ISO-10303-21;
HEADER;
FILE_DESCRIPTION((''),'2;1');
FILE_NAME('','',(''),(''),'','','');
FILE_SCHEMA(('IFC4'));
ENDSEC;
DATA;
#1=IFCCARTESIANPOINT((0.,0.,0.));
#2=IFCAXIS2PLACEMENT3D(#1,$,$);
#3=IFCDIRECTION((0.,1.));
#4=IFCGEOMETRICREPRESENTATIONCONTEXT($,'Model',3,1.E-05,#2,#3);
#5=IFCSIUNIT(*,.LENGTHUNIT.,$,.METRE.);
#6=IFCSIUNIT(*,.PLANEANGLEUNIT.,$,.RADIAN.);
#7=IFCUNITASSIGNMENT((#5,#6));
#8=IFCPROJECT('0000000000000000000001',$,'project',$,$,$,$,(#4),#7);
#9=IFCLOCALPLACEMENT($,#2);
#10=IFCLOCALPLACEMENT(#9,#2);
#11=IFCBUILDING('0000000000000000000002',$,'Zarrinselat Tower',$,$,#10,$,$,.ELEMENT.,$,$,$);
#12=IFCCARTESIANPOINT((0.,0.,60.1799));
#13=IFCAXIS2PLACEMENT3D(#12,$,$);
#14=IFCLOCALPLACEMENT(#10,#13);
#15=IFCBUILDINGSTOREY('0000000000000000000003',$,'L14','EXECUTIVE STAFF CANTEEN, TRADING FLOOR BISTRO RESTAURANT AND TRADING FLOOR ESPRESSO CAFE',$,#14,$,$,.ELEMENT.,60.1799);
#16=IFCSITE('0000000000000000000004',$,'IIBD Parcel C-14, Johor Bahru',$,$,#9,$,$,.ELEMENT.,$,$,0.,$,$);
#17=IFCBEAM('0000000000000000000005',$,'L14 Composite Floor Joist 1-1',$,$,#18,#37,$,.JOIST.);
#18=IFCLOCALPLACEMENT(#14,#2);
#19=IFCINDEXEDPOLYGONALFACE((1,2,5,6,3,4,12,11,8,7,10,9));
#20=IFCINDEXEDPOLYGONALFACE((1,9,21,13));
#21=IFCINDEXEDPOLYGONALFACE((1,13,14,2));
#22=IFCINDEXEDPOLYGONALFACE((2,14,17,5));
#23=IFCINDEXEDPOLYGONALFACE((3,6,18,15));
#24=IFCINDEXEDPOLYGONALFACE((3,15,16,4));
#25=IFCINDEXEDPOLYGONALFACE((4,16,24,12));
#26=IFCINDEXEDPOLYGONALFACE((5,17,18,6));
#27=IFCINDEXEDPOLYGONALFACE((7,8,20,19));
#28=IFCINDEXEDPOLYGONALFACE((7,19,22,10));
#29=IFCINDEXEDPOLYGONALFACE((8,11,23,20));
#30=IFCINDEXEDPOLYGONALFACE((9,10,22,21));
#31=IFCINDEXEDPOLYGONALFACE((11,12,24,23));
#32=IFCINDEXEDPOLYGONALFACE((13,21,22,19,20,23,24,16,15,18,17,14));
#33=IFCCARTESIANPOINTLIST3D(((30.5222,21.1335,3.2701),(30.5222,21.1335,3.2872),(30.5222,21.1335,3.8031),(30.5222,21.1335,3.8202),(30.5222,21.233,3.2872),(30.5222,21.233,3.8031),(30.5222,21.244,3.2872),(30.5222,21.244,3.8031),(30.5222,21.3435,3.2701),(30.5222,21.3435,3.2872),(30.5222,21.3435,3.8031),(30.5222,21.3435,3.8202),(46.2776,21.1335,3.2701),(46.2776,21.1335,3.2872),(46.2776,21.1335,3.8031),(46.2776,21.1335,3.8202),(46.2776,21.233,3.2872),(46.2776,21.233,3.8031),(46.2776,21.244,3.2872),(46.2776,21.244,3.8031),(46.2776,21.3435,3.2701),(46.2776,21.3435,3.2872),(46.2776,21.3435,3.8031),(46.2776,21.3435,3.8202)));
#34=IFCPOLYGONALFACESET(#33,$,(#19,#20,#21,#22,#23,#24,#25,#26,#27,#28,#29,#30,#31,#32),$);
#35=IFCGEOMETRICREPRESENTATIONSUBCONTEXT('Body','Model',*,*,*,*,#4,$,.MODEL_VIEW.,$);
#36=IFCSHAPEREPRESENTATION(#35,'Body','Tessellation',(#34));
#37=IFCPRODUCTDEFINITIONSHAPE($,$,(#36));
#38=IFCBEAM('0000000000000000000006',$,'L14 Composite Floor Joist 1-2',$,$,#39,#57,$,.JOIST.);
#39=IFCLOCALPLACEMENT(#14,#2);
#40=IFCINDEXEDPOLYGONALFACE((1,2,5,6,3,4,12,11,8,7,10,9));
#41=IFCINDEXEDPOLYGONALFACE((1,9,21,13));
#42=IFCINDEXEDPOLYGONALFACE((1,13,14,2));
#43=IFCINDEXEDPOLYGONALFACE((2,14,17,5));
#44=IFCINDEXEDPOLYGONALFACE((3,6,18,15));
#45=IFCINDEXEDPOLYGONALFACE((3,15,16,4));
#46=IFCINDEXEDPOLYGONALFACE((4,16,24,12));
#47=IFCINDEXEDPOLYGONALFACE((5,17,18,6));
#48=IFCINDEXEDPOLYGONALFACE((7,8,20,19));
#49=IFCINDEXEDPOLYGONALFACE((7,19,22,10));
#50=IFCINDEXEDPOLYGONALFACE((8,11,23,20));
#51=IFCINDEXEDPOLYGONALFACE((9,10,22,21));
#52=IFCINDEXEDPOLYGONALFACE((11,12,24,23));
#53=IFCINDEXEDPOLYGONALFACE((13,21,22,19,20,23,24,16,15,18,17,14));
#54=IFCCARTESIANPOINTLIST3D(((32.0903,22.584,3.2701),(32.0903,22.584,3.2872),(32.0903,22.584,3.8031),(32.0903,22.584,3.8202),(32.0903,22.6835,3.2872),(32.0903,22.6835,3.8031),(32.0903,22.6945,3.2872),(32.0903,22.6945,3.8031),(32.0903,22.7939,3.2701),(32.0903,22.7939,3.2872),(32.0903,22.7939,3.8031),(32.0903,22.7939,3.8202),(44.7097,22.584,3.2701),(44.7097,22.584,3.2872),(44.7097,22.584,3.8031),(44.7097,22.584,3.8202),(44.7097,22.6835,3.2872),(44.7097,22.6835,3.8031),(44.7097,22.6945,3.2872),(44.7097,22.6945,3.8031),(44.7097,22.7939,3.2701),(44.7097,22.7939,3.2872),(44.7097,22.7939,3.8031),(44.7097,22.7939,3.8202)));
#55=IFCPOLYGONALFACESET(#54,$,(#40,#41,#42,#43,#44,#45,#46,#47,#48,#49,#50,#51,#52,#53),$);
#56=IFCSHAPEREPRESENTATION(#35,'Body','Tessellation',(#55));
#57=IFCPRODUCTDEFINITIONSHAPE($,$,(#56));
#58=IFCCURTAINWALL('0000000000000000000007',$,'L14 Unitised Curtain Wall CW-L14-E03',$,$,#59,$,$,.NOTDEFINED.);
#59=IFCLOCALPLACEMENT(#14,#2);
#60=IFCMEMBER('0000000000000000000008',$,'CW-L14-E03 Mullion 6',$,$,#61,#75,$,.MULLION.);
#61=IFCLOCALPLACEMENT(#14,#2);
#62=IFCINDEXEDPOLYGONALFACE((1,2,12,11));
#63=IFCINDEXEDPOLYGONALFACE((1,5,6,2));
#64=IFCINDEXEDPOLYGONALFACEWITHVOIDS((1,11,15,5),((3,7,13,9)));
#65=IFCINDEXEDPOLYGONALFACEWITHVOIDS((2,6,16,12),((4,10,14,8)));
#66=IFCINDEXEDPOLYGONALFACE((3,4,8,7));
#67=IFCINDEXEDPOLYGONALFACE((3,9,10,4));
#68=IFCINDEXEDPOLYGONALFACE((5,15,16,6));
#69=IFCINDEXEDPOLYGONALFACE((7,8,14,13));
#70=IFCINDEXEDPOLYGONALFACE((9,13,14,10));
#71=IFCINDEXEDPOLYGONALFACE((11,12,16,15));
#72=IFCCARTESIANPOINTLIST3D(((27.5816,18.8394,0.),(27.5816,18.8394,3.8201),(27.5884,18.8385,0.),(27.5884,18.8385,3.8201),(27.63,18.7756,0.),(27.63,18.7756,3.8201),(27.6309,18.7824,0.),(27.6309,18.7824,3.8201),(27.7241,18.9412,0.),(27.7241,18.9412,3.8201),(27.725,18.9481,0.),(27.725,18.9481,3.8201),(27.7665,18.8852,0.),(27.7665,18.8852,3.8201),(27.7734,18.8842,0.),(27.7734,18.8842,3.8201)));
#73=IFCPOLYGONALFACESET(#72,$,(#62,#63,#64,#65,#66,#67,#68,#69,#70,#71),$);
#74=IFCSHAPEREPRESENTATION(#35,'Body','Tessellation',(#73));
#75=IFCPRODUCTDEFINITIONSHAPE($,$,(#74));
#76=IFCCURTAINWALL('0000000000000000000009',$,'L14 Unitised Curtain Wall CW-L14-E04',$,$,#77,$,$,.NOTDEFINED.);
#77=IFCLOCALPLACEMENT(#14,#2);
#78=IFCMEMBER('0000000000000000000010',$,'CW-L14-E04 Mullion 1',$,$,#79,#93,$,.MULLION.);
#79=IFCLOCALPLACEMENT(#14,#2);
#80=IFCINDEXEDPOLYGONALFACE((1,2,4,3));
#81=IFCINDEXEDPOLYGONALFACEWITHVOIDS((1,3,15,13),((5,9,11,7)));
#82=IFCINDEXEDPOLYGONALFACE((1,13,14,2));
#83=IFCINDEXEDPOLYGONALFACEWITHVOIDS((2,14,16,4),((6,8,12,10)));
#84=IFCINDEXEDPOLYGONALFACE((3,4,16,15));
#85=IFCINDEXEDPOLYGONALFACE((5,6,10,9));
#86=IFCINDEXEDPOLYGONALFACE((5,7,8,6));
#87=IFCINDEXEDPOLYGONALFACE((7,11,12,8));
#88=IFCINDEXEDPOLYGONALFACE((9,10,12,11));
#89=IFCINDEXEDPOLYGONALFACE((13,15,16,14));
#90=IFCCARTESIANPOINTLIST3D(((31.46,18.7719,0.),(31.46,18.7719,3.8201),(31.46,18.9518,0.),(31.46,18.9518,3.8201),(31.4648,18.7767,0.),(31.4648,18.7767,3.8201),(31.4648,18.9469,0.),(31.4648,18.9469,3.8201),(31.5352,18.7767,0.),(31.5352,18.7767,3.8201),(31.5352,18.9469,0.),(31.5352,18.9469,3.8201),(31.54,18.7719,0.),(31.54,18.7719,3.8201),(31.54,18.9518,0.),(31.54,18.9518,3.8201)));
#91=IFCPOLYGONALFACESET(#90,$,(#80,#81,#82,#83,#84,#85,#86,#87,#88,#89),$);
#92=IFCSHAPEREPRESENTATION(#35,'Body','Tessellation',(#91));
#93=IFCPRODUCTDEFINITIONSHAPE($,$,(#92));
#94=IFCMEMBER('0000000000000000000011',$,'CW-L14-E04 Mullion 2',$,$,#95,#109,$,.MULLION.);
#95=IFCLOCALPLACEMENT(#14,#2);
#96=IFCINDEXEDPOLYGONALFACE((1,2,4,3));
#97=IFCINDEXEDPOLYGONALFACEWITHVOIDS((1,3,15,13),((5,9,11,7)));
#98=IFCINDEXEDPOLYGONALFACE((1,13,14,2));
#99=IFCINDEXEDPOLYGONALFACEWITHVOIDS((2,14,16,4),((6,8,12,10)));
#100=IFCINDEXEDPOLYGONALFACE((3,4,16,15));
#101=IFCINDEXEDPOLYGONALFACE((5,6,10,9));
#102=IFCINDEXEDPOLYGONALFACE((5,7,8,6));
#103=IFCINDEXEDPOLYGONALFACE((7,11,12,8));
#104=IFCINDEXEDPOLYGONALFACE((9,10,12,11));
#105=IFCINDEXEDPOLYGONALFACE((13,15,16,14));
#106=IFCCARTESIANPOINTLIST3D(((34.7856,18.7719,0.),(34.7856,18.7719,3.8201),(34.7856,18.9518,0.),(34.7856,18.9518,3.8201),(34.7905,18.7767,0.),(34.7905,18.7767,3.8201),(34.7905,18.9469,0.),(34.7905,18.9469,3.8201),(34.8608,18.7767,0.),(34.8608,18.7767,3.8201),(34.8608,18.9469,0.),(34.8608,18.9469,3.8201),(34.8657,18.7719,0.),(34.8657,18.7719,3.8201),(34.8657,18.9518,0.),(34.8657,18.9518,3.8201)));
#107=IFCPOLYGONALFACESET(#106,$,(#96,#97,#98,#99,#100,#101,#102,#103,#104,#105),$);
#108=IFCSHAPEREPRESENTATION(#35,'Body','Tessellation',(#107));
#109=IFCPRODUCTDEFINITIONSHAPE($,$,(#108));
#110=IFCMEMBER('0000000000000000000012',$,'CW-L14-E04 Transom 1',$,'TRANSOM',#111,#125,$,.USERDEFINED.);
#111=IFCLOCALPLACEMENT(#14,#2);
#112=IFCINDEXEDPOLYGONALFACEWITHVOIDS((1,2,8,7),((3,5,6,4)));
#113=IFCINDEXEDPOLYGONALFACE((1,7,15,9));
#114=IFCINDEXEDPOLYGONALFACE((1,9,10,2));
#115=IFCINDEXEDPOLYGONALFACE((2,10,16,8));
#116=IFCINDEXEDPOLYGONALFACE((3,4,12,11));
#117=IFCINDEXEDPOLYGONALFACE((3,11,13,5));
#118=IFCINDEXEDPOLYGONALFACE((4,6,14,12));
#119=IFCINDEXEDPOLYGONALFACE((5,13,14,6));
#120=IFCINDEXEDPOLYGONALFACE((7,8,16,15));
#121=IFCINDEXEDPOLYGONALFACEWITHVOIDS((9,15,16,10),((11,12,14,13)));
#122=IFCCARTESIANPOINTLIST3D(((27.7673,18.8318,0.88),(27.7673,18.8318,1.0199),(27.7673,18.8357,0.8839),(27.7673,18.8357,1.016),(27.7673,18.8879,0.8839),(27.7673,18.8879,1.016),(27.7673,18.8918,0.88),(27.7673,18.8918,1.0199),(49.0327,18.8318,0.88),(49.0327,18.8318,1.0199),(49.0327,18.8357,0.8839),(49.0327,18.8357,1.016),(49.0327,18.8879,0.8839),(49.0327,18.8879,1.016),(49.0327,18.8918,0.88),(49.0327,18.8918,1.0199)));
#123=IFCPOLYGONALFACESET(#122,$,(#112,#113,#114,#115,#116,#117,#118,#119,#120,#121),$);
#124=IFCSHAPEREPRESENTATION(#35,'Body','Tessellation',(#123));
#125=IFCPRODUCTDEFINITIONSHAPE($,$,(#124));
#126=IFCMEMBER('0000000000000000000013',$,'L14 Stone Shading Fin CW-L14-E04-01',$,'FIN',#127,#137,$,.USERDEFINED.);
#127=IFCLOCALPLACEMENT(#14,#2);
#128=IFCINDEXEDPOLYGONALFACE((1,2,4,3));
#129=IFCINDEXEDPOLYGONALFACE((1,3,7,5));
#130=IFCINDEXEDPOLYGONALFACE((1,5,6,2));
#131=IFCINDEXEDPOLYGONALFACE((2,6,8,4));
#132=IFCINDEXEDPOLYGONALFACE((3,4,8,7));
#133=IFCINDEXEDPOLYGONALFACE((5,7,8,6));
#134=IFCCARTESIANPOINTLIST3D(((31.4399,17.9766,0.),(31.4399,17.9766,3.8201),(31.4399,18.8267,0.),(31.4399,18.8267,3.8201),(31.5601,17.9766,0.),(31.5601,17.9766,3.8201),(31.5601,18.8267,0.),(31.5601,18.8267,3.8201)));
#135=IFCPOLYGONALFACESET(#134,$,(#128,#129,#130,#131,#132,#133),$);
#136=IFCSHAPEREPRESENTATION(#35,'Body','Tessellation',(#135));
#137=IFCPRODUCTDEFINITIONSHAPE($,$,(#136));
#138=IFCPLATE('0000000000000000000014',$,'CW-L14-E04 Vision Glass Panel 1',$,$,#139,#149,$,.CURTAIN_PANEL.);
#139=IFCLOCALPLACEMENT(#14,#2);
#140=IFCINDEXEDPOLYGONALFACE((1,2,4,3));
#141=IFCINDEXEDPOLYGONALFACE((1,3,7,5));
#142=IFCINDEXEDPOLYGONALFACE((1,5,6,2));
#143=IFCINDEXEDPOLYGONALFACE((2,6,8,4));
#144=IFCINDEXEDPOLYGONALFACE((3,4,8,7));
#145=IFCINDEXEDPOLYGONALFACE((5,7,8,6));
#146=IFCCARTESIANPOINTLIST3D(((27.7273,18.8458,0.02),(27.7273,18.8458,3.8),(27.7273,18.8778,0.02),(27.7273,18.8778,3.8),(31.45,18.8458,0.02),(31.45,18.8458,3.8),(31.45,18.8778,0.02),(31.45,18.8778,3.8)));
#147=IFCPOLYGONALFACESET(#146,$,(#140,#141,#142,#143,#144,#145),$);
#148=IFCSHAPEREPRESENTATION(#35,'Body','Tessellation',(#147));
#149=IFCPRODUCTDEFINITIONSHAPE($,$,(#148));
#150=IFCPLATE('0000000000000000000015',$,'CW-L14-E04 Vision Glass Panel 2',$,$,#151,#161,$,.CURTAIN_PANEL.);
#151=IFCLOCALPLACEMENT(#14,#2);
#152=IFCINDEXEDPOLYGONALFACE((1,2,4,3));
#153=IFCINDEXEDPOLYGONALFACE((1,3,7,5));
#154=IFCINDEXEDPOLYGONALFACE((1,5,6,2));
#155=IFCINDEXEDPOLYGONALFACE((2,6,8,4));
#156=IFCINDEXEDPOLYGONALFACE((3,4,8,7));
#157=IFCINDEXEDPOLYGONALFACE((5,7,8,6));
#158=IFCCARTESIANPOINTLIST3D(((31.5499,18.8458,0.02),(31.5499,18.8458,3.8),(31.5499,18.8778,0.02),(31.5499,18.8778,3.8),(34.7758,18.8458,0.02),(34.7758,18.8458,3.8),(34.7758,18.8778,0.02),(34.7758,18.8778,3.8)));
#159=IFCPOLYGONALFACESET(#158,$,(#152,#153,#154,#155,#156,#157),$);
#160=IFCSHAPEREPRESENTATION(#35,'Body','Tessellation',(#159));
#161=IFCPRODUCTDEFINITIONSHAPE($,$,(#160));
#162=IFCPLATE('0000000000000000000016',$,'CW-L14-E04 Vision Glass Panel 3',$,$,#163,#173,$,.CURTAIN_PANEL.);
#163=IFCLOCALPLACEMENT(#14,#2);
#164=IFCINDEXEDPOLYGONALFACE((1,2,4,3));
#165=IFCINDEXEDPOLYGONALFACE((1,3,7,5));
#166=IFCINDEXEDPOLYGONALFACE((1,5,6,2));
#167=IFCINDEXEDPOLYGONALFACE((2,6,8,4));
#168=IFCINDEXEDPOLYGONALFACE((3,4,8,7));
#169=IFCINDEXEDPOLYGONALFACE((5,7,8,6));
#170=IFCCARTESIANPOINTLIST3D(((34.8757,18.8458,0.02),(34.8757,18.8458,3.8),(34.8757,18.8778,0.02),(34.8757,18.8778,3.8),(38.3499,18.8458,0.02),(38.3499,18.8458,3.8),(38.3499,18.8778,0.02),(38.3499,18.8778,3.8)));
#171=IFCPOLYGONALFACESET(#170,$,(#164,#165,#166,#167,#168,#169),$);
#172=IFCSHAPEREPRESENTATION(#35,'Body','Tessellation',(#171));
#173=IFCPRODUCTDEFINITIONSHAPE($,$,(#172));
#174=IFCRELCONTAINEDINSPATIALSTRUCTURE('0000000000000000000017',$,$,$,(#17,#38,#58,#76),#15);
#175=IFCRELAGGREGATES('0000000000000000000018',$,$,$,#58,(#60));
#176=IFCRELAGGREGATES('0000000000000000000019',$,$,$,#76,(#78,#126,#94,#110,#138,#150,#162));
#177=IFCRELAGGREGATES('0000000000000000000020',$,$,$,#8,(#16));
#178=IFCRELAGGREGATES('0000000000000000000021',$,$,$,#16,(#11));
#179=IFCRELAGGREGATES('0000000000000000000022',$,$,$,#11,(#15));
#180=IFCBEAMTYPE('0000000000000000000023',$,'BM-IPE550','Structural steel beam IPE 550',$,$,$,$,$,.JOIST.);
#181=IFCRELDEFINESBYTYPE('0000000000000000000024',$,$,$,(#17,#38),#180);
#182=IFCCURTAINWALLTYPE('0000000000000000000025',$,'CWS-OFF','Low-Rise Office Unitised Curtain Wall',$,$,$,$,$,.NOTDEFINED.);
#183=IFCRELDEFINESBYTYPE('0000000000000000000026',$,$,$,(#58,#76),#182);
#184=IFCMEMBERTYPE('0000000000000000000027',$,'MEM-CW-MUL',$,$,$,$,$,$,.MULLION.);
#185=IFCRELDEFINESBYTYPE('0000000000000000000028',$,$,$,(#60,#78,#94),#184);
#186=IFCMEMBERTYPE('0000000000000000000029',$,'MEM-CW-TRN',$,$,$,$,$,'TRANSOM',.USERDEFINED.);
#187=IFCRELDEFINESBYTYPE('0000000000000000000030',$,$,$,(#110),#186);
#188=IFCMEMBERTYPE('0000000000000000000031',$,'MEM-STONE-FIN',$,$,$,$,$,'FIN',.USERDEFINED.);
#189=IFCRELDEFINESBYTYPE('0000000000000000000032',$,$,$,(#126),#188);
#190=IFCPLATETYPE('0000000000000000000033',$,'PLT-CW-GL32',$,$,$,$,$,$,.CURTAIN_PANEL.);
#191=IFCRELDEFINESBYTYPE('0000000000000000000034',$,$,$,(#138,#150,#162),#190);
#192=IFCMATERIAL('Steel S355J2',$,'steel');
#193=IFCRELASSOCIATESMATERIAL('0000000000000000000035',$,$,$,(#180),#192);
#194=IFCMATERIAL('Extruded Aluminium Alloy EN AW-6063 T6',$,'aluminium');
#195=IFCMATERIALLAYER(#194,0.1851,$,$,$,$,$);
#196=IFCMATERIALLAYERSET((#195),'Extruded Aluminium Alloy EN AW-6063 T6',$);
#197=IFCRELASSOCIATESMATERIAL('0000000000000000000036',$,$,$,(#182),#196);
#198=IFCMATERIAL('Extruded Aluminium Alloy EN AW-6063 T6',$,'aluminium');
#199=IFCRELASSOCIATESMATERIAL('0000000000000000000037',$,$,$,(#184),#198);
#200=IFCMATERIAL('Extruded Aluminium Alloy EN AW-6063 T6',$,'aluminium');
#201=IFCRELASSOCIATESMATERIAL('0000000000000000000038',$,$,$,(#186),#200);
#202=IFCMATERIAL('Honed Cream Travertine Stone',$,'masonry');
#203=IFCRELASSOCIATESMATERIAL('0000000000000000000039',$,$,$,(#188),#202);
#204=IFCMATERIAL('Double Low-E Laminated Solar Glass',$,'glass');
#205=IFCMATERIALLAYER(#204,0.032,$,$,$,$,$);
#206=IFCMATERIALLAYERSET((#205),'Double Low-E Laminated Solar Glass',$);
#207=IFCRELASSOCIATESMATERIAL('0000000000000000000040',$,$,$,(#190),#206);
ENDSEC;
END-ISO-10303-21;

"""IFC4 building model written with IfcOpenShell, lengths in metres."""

from ifc_helpers import new_model, si_unit, direction, frame, origin, origin_2d, place, context, subcontext, project, spatial, rectangle, hollow_rectangle, i_section, extrude, material, layer, layer_set, material_profile, profile_set, type_object, element, aggregate, save


model = new_model("IFC4")

# Units and contexts
model_context = context("Model", 3, precision=1e-05, world=origin(), true_north=direction((0.0, 1.0)))
body_context = subcontext(model_context, "Body", "Model", "MODEL_VIEW")
ifc_project = project(units=[si_unit("LENGTHUNIT", "METRE"), si_unit("PLANEANGLEUNIT", "RADIAN")], contexts=[model_context])

# Site, building, storey
site_placement = place(None, origin())
site = spatial("IfcSite", under=ifc_project, at=site_placement, Name="IIBD Parcel C-14, Johor Bahru", CompositionType="ELEMENT", RefElevation=0.0)
building_placement = place(site_placement, origin())
building = spatial("IfcBuilding", under=site, at=building_placement, Name="Zarrinselat Tower", CompositionType="ELEMENT")
storey_placement = place(building_placement, frame((0.0, 0.0, 60.1799)))
storey = spatial("IfcBuildingStorey", under=building, at=storey_placement, Name="L14", Description="EXECUTIVE STAFF CANTEEN, TRADING FLOOR BISTRO RESTAURANT AND TRADING FLOOR ESPRESSO CAFE", CompositionType="ELEMENT", Elevation=60.1799)

# Beams
ifc_material_1 = material(Name="Steel S355J2", Category="steel")
ifc_material_profile_1 = material_profile(ifc_material_1, i_section(OverallWidth=0.21, OverallDepth=0.55, WebThickness=0.011, FlangeThickness=0.0171, at=origin_2d()), Name="IPE 550")
ifc_profile_set_1 = profile_set([ifc_material_profile_1], Name="Steel S355J2")
beam_type_1 = type_object("IfcBeamType", Name="BM-IPE550", Description="Structural steel beam IPE 550", PredefinedType="JOIST", material=ifc_profile_set_1)
beam_1_placement = place(storey_placement, frame((30.5222, 21.2385, 3.5452), z_axis=(1.0, 0.0, 0.0), x_axis=(0.0, 1.0, 0.0)))
element("IfcBeam", 1, at=beam_1_placement, inside=storey, type_object=beam_type_1, Name="L14 Composite Floor Joist 1-1", PredefinedType="JOIST", context=body_context, shape_type="SweptSolid", body=[
    extrude(i_section(OverallWidth=0.21, OverallDepth=0.55, WebThickness=0.011, FlangeThickness=0.0171, at=origin_2d()), origin(), (0.0, 0.0, 1.0), 15.7554),
])
beam_2_placement = place(storey_placement, frame((32.0903, 22.689, 3.5452), z_axis=(1.0, 0.0, 0.0), x_axis=(0.0, 1.0, 0.0)))
element("IfcBeam", 2, at=beam_2_placement, inside=storey, type_object=beam_type_1, Name="L14 Composite Floor Joist 1-2", PredefinedType="JOIST", context=body_context, shape_type="SweptSolid", body=[
    extrude(i_section(OverallWidth=0.21, OverallDepth=0.55, WebThickness=0.011, FlangeThickness=0.0171, at=origin_2d()), origin(), (0.0, 0.0, 1.0), 12.6194),
])

# Curtain wall, member
ifc_material_2 = material(Name="Extruded Aluminium Alloy EN AW-6063 T6", Category="aluminium")
ifc_layer_1 = layer(ifc_material_2, 0.1851)
ifc_layer_set_1 = layer_set([ifc_layer_1], Name="Extruded Aluminium Alloy EN AW-6063 T6")
curtain_wall_type = type_object("IfcCurtainWallType", Name="CWS-OFF", Description="Low-Rise Office Unitised Curtain Wall", PredefinedType="NOTDEFINED", material=ifc_layer_set_1)
curtain_wall_1_placement = place(storey_placement, origin())
curtain_wall_1 = element("IfcCurtainWall", 3, at=curtain_wall_1_placement, inside=storey, type_object=curtain_wall_type, Name="L14 Unitised Curtain Wall CW-L14-E03", PredefinedType="NOTDEFINED")
ifc_material_3 = material(Name="Extruded Aluminium Alloy EN AW-6063 T6", Category="aluminium")
ifc_material_profile_2 = material_profile(ifc_material_3, hollow_rectangle(XDim=0.0801, YDim=0.1799, WallThickness=0.0049, at=origin_2d()), Name="RHS 180x80x5")
ifc_profile_set_2 = profile_set([ifc_material_profile_2], Name="Extruded Aluminium Alloy EN AW-6063 T6")
member_type_1 = type_object("IfcMemberType", Name="MEM-CW-MUL", PredefinedType="MULLION", material=ifc_profile_set_2)
member_1_placement = place(storey_placement, frame((27.6775, 18.8618, 0.0), z_axis=(0.0, 0.0, 1.0), x_axis=(0.603862, -0.797089, 0.0)))
member_1 = element("IfcMember", 4, at=member_1_placement, type_object=member_type_1, Name="CW-L14-E03 Mullion 6", PredefinedType="MULLION", context=body_context, shape_type="SweptSolid", body=[
    extrude(hollow_rectangle(XDim=0.0801, YDim=0.1799, WallThickness=0.0049, at=origin_2d()), origin(), (0.0, 0.0, 1.0), 3.8201),
])
aggregate(curtain_wall_1, [member_1])

# Curtain wall, members, plates
curtain_wall_2_placement = place(storey_placement, origin())
curtain_wall_2 = element("IfcCurtainWall", 5, at=curtain_wall_2_placement, inside=storey, type_object=curtain_wall_type, Name="L14 Unitised Curtain Wall CW-L14-E04", PredefinedType="NOTDEFINED")
member_2_placement = place(storey_placement, frame((31.5, 18.8618, 0.0), z_axis=(0.0, 0.0, 1.0), x_axis=(1.0, 0.0, 0.0)))
member_2 = element("IfcMember", 6, at=member_2_placement, type_object=member_type_1, Name="CW-L14-E04 Mullion 1", PredefinedType="MULLION", context=body_context, shape_type="SweptSolid", body=[
    extrude(hollow_rectangle(XDim=0.0801, YDim=0.1799, WallThickness=0.0049, at=origin_2d()), origin(), (0.0, 0.0, 1.0), 3.8201),
])
member_3_placement = place(storey_placement, frame((34.8257, 18.8618, 0.0), z_axis=(0.0, 0.0, 1.0), x_axis=(1.0, 0.0, 0.0)))
member_3 = element("IfcMember", 7, at=member_3_placement, type_object=member_type_1, Name="CW-L14-E04 Mullion 2", PredefinedType="MULLION", context=body_context, shape_type="SweptSolid", body=[
    extrude(hollow_rectangle(XDim=0.0801, YDim=0.1799, WallThickness=0.0049, at=origin_2d()), origin(), (0.0, 0.0, 1.0), 3.8201),
])
ifc_material_4 = material(Name="Extruded Aluminium Alloy EN AW-6063 T6", Category="aluminium")
ifc_material_profile_3 = material_profile(ifc_material_4, hollow_rectangle(XDim=0.0601, YDim=0.1399, WallThickness=0.0039, at=origin_2d()), Name="RHS 140x60x4")
ifc_profile_set_3 = profile_set([ifc_material_profile_3], Name="Extruded Aluminium Alloy EN AW-6063 T6")
member_type_2 = type_object("IfcMemberType", Name="MEM-CW-TRN", ElementType="TRANSOM", PredefinedType="USERDEFINED", material=ifc_profile_set_3)
member_4_placement = place(storey_placement, frame((27.7673, 18.8618, 0.95), z_axis=(1.0, 0.0, 0.0), x_axis=(0.0, 1.0, 0.0)))
member_4 = element("IfcMember", 8, at=member_4_placement, type_object=member_type_2, Name="CW-L14-E04 Transom 1", ObjectType="TRANSOM", PredefinedType="USERDEFINED", context=body_context, shape_type="SweptSolid", body=[
    extrude(hollow_rectangle(XDim=0.0601, YDim=0.1399, WallThickness=0.0039, at=origin_2d()), origin(), (0.0, 0.0, 1.0), 21.2654),
])
ifc_material_5 = material(Name="Honed Cream Travertine Stone", Category="masonry")
ifc_material_profile_4 = material_profile(ifc_material_5, rectangle(XDim=0.1201, YDim=0.8501, at=origin_2d()), Name="FIN 850x120")
ifc_profile_set_4 = profile_set([ifc_material_profile_4], Name="Honed Cream Travertine Stone")
member_type_3 = type_object("IfcMemberType", Name="MEM-STONE-FIN", ElementType="FIN", PredefinedType="USERDEFINED", material=ifc_profile_set_4)
member_5_placement = place(storey_placement, frame((31.5, 18.4016, 0.0), z_axis=(0.0, 0.0, 1.0), x_axis=(-1.0, 0.0, 0.0)))
member_5 = element("IfcMember", 9, at=member_5_placement, type_object=member_type_3, Name="L14 Stone Shading Fin CW-L14-E04-01", ObjectType="FIN", PredefinedType="USERDEFINED", context=body_context, shape_type="SweptSolid", body=[
    extrude(rectangle(XDim=0.1201, YDim=0.8501, at=origin_2d()), origin(), (0.0, 0.0, 1.0), 3.8201),
])
ifc_material_6 = material(Name="Double Low-E Laminated Solar Glass", Category="glass")
ifc_layer_2 = layer(ifc_material_6, 0.032)
ifc_layer_set_2 = layer_set([ifc_layer_2], Name="Double Low-E Laminated Solar Glass")
plate_type = type_object("IfcPlateType", Name="PLT-CW-GL32", PredefinedType="CURTAIN_PANEL", material=ifc_layer_set_2)
plate_1_placement = place(storey_placement, frame((29.5886, 18.8618, 0.02), z_axis=(0.0, 0.0, 1.0), x_axis=(1.0, 0.0, 0.0)))
plate_1 = element("IfcPlate", 10, at=plate_1_placement, type_object=plate_type, Name="CW-L14-E04 Vision Glass Panel 1", PredefinedType="CURTAIN_PANEL", context=body_context, shape_type="SweptSolid", body=[
    extrude(rectangle(XDim=3.7227, YDim=0.032, at=origin_2d()), origin(), (0.0, 0.0, 1.0), 3.78),
])
plate_2_placement = place(storey_placement, frame((33.1628, 18.8618, 0.02), z_axis=(0.0, 0.0, 1.0), x_axis=(1.0, 0.0, 0.0)))
plate_2 = element("IfcPlate", 11, at=plate_2_placement, type_object=plate_type, Name="CW-L14-E04 Vision Glass Panel 2", PredefinedType="CURTAIN_PANEL", context=body_context, shape_type="SweptSolid", body=[
    extrude(rectangle(XDim=3.2258, YDim=0.032, at=origin_2d()), origin(), (0.0, 0.0, 1.0), 3.78),
])
plate_3_placement = place(storey_placement, frame((36.6128, 18.8618, 0.02), z_axis=(0.0, 0.0, 1.0), x_axis=(1.0, 0.0, 0.0)))
plate_3 = element("IfcPlate", 12, at=plate_3_placement, type_object=plate_type, Name="CW-L14-E04 Vision Glass Panel 3", PredefinedType="CURTAIN_PANEL", context=body_context, shape_type="SweptSolid", body=[
    extrude(rectangle(XDim=3.4741, YDim=0.032, at=origin_2d()), origin(), (0.0, 0.0, 1.0), 3.78),
])
aggregate(curtain_wall_2, [member_2, member_5, member_3, member_4, plate_1, plate_2, plate_3])

save(model, "model.ifc")
